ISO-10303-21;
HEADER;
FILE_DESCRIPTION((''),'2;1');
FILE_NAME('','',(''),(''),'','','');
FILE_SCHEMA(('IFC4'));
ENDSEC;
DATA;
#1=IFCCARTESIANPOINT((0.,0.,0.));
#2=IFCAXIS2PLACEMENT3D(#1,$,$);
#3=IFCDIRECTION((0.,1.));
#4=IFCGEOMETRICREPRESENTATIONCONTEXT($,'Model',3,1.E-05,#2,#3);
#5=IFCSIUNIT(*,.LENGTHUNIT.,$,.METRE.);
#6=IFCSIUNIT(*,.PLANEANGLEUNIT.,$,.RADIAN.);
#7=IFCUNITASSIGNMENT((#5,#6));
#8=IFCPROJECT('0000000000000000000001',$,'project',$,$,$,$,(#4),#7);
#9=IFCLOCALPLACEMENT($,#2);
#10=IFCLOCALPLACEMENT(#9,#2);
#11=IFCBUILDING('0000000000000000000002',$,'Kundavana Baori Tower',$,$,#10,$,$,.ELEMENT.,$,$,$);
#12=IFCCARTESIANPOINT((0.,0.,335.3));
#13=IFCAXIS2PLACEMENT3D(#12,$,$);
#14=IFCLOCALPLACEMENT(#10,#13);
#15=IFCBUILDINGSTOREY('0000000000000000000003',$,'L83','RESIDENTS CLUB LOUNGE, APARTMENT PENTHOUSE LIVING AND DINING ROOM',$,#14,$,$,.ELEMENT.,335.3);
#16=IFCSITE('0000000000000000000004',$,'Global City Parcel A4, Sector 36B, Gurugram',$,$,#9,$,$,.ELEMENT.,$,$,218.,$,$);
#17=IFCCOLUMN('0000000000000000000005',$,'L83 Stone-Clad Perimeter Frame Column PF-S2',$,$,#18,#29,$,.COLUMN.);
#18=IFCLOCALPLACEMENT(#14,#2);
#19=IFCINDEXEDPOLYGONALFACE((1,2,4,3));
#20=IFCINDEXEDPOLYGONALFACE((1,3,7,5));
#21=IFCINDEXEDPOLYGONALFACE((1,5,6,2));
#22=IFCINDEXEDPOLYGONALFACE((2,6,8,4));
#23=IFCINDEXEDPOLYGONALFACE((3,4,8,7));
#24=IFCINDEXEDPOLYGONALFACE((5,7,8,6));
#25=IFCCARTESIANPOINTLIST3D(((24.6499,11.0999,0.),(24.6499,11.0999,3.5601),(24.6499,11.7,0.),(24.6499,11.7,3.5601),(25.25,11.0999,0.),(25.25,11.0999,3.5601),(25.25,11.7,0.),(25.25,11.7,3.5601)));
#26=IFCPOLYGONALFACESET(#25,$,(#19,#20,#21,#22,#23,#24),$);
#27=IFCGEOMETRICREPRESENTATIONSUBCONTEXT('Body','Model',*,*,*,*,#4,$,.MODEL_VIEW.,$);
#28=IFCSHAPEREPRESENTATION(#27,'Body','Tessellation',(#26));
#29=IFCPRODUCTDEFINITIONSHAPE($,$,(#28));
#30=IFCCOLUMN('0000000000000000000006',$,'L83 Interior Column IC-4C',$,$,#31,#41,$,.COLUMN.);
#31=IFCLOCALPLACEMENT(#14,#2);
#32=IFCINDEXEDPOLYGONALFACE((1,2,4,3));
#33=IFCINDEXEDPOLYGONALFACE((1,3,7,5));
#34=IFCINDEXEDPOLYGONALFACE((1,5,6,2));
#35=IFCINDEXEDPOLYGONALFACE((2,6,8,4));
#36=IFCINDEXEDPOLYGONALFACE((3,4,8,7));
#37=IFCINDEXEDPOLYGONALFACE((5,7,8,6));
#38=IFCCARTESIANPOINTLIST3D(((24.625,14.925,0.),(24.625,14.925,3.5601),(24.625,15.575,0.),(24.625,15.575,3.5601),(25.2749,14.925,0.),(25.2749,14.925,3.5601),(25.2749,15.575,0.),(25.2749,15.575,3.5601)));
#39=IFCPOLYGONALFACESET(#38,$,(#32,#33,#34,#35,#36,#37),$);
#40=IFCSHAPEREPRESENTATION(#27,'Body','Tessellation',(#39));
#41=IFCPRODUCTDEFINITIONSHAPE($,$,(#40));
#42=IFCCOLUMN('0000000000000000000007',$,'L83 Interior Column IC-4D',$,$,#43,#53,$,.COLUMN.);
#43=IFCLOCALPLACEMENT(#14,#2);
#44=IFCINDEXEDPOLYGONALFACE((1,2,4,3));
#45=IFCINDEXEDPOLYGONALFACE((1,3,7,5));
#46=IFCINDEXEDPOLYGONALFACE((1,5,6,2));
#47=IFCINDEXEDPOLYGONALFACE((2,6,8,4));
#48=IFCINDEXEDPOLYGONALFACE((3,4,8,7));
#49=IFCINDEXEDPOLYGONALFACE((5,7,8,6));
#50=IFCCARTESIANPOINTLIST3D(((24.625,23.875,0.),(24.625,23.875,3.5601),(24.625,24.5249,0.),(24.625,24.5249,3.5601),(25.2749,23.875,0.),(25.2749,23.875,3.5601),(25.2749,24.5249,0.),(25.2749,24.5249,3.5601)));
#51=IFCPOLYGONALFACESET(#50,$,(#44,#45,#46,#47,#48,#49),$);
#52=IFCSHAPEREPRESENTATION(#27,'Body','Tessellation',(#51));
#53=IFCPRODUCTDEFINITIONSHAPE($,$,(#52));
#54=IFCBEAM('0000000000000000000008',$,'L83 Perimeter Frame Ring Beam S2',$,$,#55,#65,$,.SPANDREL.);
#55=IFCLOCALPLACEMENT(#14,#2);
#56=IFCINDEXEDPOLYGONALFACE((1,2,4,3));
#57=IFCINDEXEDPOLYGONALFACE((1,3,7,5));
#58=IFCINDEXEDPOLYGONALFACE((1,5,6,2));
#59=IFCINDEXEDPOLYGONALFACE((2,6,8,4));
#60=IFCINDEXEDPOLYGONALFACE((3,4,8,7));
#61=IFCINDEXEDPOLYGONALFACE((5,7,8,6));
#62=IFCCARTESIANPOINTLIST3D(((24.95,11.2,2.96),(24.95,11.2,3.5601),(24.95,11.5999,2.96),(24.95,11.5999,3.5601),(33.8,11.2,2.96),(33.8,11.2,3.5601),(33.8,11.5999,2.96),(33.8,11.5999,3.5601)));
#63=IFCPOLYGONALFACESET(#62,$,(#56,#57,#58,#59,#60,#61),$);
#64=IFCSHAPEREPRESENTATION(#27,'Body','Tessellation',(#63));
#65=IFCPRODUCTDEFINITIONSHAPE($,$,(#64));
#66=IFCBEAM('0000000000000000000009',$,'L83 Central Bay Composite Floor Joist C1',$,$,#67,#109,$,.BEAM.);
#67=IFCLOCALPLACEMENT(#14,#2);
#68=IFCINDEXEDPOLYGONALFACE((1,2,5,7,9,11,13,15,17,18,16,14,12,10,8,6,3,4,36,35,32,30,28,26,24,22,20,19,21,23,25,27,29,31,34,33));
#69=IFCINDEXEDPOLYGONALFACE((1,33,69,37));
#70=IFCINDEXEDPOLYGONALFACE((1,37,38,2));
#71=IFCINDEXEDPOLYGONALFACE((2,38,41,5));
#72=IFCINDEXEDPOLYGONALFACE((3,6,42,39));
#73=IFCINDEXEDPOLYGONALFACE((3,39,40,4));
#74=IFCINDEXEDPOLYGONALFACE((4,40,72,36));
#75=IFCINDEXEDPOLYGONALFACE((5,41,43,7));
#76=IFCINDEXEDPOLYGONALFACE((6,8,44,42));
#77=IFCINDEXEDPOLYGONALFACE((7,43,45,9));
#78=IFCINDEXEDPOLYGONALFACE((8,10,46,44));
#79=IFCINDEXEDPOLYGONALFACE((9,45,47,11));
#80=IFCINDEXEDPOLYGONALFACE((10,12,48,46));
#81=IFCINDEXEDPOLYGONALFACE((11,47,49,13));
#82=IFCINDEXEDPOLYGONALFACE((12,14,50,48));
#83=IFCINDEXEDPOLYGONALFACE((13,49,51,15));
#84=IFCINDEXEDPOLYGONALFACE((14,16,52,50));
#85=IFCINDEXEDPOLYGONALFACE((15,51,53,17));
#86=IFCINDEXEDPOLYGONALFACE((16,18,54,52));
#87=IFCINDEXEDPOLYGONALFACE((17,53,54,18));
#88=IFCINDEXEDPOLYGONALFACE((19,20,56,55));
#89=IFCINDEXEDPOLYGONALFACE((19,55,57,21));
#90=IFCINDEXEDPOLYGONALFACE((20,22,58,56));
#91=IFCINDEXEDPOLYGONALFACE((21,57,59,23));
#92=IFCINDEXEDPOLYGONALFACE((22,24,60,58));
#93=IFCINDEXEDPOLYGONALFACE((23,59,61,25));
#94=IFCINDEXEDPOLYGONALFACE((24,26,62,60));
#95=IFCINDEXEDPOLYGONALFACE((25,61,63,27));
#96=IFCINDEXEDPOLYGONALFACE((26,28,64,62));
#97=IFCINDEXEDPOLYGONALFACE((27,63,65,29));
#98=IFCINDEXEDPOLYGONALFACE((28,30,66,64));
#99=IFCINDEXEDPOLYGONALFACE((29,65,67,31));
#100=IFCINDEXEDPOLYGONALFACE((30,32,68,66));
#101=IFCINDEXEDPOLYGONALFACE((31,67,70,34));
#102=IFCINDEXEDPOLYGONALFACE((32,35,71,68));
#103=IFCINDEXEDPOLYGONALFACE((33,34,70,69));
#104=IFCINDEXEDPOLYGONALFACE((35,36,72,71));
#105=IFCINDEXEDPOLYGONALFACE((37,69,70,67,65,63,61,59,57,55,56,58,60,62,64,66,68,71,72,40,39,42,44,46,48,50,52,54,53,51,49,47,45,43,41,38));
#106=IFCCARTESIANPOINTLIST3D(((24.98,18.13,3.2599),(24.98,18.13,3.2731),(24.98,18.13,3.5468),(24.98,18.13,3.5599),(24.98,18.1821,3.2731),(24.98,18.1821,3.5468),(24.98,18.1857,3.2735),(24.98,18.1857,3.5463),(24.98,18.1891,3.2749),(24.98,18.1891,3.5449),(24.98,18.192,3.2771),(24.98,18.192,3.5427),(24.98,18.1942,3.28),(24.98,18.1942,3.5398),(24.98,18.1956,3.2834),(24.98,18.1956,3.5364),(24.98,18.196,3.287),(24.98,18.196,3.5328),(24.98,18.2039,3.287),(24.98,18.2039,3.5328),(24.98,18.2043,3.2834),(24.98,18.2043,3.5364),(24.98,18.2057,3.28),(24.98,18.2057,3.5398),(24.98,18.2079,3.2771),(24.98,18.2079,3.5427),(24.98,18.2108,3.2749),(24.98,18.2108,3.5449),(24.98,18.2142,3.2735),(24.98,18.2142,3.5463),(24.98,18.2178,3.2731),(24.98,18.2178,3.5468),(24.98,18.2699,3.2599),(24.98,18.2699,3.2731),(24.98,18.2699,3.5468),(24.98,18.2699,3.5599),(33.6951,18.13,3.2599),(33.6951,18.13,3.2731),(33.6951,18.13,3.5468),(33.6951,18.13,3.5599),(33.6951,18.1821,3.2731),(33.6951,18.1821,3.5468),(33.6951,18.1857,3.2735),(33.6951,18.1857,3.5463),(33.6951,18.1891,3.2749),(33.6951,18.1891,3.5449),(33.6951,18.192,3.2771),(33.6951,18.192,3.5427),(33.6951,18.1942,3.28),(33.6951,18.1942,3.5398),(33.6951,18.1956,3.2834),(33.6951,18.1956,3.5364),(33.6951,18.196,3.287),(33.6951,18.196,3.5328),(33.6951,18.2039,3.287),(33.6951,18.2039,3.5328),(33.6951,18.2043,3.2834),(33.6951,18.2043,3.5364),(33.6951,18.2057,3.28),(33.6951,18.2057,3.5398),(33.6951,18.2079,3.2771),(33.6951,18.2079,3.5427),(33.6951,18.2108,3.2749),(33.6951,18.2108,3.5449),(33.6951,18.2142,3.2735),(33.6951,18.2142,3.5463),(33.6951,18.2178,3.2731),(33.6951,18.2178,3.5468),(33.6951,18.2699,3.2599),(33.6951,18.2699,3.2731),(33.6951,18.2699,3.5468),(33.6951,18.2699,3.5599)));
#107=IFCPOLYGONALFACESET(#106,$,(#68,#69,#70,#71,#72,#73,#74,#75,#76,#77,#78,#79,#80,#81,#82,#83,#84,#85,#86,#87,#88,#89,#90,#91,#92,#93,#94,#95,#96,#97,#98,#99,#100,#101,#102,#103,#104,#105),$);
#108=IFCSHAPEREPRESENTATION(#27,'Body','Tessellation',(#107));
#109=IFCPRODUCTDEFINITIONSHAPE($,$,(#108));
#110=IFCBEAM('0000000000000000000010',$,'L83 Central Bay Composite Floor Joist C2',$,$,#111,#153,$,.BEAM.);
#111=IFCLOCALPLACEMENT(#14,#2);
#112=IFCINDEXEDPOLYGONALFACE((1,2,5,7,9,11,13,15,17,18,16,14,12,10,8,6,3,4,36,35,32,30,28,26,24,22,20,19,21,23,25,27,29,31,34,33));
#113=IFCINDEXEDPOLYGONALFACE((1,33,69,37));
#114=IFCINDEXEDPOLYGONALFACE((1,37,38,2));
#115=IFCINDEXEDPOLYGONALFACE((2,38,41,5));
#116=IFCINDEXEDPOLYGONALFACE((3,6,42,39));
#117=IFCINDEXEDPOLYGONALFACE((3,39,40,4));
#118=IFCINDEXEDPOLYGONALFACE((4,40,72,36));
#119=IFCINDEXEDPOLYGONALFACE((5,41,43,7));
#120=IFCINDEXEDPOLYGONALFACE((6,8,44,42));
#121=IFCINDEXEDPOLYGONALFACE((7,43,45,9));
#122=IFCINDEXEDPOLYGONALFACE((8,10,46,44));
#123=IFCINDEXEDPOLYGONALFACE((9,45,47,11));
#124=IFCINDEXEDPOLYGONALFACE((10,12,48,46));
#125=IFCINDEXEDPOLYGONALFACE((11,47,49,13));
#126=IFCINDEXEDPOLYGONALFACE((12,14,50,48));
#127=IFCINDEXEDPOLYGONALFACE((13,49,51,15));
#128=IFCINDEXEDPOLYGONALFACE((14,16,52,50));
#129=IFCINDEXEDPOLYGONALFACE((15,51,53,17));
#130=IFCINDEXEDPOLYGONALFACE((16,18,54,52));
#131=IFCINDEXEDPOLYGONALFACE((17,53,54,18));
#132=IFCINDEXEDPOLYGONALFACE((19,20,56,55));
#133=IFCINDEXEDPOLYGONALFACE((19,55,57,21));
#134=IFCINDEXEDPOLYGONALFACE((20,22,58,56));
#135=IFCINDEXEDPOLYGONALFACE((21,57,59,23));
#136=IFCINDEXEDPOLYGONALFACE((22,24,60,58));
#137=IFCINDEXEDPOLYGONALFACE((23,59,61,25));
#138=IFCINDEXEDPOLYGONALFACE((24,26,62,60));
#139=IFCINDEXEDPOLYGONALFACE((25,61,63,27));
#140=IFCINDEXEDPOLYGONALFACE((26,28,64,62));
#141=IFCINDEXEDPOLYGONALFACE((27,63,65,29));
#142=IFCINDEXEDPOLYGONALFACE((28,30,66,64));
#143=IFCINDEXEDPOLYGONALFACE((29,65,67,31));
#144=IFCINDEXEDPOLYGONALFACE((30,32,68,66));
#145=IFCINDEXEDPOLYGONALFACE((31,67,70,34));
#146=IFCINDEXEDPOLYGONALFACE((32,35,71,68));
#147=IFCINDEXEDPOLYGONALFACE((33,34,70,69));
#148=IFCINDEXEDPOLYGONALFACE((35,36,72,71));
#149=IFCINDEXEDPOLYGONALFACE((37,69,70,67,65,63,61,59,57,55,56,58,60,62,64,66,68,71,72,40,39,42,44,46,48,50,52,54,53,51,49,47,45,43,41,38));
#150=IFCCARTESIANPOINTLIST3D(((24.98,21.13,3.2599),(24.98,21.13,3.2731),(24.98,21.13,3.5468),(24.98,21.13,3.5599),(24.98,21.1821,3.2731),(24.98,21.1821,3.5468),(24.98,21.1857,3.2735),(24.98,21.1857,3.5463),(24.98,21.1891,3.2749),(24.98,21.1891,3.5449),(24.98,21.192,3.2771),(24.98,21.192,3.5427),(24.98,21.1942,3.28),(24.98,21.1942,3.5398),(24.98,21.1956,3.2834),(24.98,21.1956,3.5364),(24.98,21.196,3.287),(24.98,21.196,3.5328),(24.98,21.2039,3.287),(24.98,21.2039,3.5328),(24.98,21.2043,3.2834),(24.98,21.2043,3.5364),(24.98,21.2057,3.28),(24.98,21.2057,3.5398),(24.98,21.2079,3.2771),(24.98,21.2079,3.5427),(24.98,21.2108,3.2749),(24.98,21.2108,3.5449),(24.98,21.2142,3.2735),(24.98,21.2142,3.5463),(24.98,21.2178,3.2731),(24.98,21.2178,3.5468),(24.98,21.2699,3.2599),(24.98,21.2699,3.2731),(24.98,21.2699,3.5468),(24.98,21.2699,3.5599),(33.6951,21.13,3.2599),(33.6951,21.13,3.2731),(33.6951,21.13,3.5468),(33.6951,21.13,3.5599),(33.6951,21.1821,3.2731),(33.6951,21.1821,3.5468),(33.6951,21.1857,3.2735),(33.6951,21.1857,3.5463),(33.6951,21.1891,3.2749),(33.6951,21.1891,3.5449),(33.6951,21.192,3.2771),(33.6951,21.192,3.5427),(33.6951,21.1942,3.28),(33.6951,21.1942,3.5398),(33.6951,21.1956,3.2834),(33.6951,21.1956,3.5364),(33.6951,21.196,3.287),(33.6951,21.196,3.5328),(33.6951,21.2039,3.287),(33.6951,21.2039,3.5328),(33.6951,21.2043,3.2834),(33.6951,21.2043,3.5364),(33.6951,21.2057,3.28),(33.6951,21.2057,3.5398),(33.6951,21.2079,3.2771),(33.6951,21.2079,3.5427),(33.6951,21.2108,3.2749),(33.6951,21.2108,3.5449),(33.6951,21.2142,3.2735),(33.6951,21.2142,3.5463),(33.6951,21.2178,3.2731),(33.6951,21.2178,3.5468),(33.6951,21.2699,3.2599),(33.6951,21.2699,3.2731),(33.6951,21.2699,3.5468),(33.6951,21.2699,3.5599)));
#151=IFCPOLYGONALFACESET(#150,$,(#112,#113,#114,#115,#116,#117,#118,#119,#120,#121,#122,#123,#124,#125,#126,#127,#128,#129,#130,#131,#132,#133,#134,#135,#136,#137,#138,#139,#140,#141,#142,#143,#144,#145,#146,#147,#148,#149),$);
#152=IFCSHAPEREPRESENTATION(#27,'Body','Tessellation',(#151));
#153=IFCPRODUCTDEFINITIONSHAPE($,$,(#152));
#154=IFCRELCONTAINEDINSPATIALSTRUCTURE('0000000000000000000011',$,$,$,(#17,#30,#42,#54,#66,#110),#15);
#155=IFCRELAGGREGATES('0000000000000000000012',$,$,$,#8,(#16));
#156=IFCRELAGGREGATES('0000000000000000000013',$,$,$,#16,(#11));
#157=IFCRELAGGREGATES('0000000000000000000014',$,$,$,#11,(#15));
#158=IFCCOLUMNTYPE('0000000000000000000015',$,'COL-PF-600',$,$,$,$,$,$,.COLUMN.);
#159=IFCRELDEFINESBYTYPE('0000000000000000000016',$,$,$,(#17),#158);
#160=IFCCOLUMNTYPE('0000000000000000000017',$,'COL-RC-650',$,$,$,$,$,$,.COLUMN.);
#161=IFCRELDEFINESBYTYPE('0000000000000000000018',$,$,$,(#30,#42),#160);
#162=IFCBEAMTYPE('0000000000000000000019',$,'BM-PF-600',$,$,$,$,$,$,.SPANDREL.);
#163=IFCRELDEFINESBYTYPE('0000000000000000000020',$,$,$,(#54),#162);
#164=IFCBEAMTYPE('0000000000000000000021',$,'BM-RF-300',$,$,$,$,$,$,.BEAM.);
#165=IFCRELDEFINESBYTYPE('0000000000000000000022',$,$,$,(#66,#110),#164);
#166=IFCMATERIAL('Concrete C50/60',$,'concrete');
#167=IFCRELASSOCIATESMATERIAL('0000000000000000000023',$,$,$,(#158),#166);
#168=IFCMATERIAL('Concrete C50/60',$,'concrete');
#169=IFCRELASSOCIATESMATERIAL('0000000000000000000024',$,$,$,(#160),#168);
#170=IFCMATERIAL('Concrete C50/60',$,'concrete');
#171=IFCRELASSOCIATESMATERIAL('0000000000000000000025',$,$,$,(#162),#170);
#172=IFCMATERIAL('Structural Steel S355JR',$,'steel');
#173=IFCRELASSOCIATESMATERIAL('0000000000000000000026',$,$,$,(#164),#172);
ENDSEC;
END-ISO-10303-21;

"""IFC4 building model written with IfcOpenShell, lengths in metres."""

from ifc_helpers import new_model, si_unit, direction, frame, origin, origin_2d, place, context, subcontext, project, spatial, rectangle, i_section, extrude, material, material_profile, profile_set, type_object, element, save


model = new_model("IFC4")

# Units and contexts
model_context = context("Model", 3, precision=1e-05, world=origin(), true_north=direction((0.0, 1.0)))
body_context = subcontext(model_context, "Body", "Model", "MODEL_VIEW")
ifc_project = project(units=[si_unit("LENGTHUNIT", "METRE"), si_unit("PLANEANGLEUNIT", "RADIAN")], contexts=[model_context])

# Site, building, storey
site_placement = place(None, origin())
site = spatial("IfcSite", under=ifc_project, at=site_placement, Name="Global City Parcel A4, Sector 36B, Gurugram", CompositionType="ELEMENT", RefElevation=218.0)
building_placement = place(site_placement, origin())
building = spatial("IfcBuilding", under=site, at=building_placement, Name="Kundavana Baori Tower", CompositionType="ELEMENT")
storey_placement = place(building_placement, frame((0.0, 0.0, 335.3)))
storey = spatial("IfcBuildingStorey", under=building, at=storey_placement, Name="L83", Description="RESIDENTS CLUB LOUNGE, APARTMENT PENTHOUSE LIVING AND DINING ROOM", CompositionType="ELEMENT", Elevation=335.3)

# Columns
ifc_material_1 = material(Name="Concrete C50/60", Category="concrete")
ifc_material_profile_1 = material_profile(ifc_material_1, rectangle(XDim=0.6001, YDim=0.6001, at=origin_2d()), Name="RC PF 600x600")
ifc_profile_set_1 = profile_set([ifc_material_profile_1], Name="Concrete C50/60")
column_type_1 = type_object("IfcColumnType", Name="COL-PF-600", PredefinedType="COLUMN", material=ifc_profile_set_1)
column_placement = place(storey_placement, frame((24.95, 11.3999, 0.0), z_axis=(0.0, 0.0, 1.0), x_axis=(1.0, 0.0, 0.0)))
element("IfcColumn", 1, at=column_placement, inside=storey, type_object=column_type_1, Name="L83 Stone-Clad Perimeter Frame Column PF-S2", PredefinedType="COLUMN", context=body_context, shape_type="SweptSolid", body=[
    extrude(rectangle(XDim=0.6001, YDim=0.6001, at=origin_2d()), origin(), (0.0, 0.0, 1.0), 3.5601),
])
ifc_material_2 = material(Name="Concrete C50/60", Category="concrete")
ifc_material_profile_2 = material_profile(ifc_material_2, rectangle(XDim=0.6499, YDim=0.6499, at=origin_2d()), Name="RC 650x650")
ifc_profile_set_2 = profile_set([ifc_material_profile_2], Name="Concrete C50/60")
column_type_2 = type_object("IfcColumnType", Name="COL-RC-650", PredefinedType="COLUMN", material=ifc_profile_set_2)
for number, where, z_axis, x_axis, name in (
    (2, (24.95, 15.25, 0.0), (0.0, 0.0, 1.0), (1.0, 0.0, 0.0), "L83 Interior Column IC-4C"),
    (3, (24.95, 24.2, 0.0), (0.0, 0.0, 1.0), (1.0, 0.0, 0.0), "L83 Interior Column IC-4D"),
):
    element("IfcColumn", number, at=place(storey_placement, frame(where, z_axis=z_axis, x_axis=x_axis)), inside=storey, type_object=column_type_2, Name=name, PredefinedType="COLUMN", context=body_context, shape_type="SweptSolid", body=[
        extrude(rectangle(XDim=0.6499, YDim=0.6499, at=origin_2d()), origin(), (0.0, 0.0, 1.0), 3.5601),
    ])

# Beams
ifc_material_3 = material(Name="Concrete C50/60", Category="concrete")
ifc_material_profile_3 = material_profile(ifc_material_3, rectangle(XDim=0.3999, YDim=0.6001, at=origin_2d()), Name="RC BM 400x600")
ifc_profile_set_3 = profile_set([ifc_material_profile_3], Name="Concrete C50/60")
beam_type_1 = type_object("IfcBeamType", Name="BM-PF-600", PredefinedType="SPANDREL", material=ifc_profile_set_3)
beam_1_placement = place(storey_placement, frame((24.95, 11.3999, 3.26), z_axis=(1.0, 0.0, 0.0), x_axis=(0.0, 1.0, 0.0)))
element("IfcBeam", 4, at=beam_1_placement, inside=storey, type_object=beam_type_1, Name="L83 Perimeter Frame Ring Beam S2", PredefinedType="SPANDREL", context=body_context, shape_type="SweptSolid", body=[
    extrude(rectangle(XDim=0.3999, YDim=0.6001, at=origin_2d()), origin(), (0.0, 0.0, 1.0), 8.8501),
])
ifc_material_4 = material(Name="Structural Steel S355JR", Category="steel")
ifc_material_profile_4 = material_profile(ifc_material_4, i_section(OverallWidth=0.1399, OverallDepth=0.3, WebThickness=0.0078, FlangeThickness=0.0132, FilletRadius=0.0139, at=origin_2d()), Name="ISMB 300")
ifc_profile_set_4 = profile_set([ifc_material_profile_4], Name="Structural Steel S355JR")
beam_type_2 = type_object("IfcBeamType", Name="BM-RF-300", PredefinedType="BEAM", material=ifc_profile_set_4)
for number, where, z_axis, x_axis, name in (
    (5, (24.98, 18.2, 3.4099), (1.0, 0.0, 0.0), (0.0, 1.0, 0.0), "L83 Central Bay Composite Floor Joist C1"),
    (6, (24.98, 21.2, 3.4099), (1.0, 0.0, 0.0), (0.0, 1.0, 0.0), "L83 Central Bay Composite Floor Joist C2"),
):
    element("IfcBeam", number, at=place(storey_placement, frame(where, z_axis=z_axis, x_axis=x_axis)), inside=storey, type_object=beam_type_2, Name=name, PredefinedType="BEAM", context=body_context, shape_type="SweptSolid", body=[
        extrude(i_section(OverallWidth=0.1399, OverallDepth=0.3, WebThickness=0.0078, FlangeThickness=0.0132, FilletRadius=0.0139, at=origin_2d()), origin(), (0.0, 0.0, 1.0), 8.7151),
    ])

save(model, "model.ifc")
